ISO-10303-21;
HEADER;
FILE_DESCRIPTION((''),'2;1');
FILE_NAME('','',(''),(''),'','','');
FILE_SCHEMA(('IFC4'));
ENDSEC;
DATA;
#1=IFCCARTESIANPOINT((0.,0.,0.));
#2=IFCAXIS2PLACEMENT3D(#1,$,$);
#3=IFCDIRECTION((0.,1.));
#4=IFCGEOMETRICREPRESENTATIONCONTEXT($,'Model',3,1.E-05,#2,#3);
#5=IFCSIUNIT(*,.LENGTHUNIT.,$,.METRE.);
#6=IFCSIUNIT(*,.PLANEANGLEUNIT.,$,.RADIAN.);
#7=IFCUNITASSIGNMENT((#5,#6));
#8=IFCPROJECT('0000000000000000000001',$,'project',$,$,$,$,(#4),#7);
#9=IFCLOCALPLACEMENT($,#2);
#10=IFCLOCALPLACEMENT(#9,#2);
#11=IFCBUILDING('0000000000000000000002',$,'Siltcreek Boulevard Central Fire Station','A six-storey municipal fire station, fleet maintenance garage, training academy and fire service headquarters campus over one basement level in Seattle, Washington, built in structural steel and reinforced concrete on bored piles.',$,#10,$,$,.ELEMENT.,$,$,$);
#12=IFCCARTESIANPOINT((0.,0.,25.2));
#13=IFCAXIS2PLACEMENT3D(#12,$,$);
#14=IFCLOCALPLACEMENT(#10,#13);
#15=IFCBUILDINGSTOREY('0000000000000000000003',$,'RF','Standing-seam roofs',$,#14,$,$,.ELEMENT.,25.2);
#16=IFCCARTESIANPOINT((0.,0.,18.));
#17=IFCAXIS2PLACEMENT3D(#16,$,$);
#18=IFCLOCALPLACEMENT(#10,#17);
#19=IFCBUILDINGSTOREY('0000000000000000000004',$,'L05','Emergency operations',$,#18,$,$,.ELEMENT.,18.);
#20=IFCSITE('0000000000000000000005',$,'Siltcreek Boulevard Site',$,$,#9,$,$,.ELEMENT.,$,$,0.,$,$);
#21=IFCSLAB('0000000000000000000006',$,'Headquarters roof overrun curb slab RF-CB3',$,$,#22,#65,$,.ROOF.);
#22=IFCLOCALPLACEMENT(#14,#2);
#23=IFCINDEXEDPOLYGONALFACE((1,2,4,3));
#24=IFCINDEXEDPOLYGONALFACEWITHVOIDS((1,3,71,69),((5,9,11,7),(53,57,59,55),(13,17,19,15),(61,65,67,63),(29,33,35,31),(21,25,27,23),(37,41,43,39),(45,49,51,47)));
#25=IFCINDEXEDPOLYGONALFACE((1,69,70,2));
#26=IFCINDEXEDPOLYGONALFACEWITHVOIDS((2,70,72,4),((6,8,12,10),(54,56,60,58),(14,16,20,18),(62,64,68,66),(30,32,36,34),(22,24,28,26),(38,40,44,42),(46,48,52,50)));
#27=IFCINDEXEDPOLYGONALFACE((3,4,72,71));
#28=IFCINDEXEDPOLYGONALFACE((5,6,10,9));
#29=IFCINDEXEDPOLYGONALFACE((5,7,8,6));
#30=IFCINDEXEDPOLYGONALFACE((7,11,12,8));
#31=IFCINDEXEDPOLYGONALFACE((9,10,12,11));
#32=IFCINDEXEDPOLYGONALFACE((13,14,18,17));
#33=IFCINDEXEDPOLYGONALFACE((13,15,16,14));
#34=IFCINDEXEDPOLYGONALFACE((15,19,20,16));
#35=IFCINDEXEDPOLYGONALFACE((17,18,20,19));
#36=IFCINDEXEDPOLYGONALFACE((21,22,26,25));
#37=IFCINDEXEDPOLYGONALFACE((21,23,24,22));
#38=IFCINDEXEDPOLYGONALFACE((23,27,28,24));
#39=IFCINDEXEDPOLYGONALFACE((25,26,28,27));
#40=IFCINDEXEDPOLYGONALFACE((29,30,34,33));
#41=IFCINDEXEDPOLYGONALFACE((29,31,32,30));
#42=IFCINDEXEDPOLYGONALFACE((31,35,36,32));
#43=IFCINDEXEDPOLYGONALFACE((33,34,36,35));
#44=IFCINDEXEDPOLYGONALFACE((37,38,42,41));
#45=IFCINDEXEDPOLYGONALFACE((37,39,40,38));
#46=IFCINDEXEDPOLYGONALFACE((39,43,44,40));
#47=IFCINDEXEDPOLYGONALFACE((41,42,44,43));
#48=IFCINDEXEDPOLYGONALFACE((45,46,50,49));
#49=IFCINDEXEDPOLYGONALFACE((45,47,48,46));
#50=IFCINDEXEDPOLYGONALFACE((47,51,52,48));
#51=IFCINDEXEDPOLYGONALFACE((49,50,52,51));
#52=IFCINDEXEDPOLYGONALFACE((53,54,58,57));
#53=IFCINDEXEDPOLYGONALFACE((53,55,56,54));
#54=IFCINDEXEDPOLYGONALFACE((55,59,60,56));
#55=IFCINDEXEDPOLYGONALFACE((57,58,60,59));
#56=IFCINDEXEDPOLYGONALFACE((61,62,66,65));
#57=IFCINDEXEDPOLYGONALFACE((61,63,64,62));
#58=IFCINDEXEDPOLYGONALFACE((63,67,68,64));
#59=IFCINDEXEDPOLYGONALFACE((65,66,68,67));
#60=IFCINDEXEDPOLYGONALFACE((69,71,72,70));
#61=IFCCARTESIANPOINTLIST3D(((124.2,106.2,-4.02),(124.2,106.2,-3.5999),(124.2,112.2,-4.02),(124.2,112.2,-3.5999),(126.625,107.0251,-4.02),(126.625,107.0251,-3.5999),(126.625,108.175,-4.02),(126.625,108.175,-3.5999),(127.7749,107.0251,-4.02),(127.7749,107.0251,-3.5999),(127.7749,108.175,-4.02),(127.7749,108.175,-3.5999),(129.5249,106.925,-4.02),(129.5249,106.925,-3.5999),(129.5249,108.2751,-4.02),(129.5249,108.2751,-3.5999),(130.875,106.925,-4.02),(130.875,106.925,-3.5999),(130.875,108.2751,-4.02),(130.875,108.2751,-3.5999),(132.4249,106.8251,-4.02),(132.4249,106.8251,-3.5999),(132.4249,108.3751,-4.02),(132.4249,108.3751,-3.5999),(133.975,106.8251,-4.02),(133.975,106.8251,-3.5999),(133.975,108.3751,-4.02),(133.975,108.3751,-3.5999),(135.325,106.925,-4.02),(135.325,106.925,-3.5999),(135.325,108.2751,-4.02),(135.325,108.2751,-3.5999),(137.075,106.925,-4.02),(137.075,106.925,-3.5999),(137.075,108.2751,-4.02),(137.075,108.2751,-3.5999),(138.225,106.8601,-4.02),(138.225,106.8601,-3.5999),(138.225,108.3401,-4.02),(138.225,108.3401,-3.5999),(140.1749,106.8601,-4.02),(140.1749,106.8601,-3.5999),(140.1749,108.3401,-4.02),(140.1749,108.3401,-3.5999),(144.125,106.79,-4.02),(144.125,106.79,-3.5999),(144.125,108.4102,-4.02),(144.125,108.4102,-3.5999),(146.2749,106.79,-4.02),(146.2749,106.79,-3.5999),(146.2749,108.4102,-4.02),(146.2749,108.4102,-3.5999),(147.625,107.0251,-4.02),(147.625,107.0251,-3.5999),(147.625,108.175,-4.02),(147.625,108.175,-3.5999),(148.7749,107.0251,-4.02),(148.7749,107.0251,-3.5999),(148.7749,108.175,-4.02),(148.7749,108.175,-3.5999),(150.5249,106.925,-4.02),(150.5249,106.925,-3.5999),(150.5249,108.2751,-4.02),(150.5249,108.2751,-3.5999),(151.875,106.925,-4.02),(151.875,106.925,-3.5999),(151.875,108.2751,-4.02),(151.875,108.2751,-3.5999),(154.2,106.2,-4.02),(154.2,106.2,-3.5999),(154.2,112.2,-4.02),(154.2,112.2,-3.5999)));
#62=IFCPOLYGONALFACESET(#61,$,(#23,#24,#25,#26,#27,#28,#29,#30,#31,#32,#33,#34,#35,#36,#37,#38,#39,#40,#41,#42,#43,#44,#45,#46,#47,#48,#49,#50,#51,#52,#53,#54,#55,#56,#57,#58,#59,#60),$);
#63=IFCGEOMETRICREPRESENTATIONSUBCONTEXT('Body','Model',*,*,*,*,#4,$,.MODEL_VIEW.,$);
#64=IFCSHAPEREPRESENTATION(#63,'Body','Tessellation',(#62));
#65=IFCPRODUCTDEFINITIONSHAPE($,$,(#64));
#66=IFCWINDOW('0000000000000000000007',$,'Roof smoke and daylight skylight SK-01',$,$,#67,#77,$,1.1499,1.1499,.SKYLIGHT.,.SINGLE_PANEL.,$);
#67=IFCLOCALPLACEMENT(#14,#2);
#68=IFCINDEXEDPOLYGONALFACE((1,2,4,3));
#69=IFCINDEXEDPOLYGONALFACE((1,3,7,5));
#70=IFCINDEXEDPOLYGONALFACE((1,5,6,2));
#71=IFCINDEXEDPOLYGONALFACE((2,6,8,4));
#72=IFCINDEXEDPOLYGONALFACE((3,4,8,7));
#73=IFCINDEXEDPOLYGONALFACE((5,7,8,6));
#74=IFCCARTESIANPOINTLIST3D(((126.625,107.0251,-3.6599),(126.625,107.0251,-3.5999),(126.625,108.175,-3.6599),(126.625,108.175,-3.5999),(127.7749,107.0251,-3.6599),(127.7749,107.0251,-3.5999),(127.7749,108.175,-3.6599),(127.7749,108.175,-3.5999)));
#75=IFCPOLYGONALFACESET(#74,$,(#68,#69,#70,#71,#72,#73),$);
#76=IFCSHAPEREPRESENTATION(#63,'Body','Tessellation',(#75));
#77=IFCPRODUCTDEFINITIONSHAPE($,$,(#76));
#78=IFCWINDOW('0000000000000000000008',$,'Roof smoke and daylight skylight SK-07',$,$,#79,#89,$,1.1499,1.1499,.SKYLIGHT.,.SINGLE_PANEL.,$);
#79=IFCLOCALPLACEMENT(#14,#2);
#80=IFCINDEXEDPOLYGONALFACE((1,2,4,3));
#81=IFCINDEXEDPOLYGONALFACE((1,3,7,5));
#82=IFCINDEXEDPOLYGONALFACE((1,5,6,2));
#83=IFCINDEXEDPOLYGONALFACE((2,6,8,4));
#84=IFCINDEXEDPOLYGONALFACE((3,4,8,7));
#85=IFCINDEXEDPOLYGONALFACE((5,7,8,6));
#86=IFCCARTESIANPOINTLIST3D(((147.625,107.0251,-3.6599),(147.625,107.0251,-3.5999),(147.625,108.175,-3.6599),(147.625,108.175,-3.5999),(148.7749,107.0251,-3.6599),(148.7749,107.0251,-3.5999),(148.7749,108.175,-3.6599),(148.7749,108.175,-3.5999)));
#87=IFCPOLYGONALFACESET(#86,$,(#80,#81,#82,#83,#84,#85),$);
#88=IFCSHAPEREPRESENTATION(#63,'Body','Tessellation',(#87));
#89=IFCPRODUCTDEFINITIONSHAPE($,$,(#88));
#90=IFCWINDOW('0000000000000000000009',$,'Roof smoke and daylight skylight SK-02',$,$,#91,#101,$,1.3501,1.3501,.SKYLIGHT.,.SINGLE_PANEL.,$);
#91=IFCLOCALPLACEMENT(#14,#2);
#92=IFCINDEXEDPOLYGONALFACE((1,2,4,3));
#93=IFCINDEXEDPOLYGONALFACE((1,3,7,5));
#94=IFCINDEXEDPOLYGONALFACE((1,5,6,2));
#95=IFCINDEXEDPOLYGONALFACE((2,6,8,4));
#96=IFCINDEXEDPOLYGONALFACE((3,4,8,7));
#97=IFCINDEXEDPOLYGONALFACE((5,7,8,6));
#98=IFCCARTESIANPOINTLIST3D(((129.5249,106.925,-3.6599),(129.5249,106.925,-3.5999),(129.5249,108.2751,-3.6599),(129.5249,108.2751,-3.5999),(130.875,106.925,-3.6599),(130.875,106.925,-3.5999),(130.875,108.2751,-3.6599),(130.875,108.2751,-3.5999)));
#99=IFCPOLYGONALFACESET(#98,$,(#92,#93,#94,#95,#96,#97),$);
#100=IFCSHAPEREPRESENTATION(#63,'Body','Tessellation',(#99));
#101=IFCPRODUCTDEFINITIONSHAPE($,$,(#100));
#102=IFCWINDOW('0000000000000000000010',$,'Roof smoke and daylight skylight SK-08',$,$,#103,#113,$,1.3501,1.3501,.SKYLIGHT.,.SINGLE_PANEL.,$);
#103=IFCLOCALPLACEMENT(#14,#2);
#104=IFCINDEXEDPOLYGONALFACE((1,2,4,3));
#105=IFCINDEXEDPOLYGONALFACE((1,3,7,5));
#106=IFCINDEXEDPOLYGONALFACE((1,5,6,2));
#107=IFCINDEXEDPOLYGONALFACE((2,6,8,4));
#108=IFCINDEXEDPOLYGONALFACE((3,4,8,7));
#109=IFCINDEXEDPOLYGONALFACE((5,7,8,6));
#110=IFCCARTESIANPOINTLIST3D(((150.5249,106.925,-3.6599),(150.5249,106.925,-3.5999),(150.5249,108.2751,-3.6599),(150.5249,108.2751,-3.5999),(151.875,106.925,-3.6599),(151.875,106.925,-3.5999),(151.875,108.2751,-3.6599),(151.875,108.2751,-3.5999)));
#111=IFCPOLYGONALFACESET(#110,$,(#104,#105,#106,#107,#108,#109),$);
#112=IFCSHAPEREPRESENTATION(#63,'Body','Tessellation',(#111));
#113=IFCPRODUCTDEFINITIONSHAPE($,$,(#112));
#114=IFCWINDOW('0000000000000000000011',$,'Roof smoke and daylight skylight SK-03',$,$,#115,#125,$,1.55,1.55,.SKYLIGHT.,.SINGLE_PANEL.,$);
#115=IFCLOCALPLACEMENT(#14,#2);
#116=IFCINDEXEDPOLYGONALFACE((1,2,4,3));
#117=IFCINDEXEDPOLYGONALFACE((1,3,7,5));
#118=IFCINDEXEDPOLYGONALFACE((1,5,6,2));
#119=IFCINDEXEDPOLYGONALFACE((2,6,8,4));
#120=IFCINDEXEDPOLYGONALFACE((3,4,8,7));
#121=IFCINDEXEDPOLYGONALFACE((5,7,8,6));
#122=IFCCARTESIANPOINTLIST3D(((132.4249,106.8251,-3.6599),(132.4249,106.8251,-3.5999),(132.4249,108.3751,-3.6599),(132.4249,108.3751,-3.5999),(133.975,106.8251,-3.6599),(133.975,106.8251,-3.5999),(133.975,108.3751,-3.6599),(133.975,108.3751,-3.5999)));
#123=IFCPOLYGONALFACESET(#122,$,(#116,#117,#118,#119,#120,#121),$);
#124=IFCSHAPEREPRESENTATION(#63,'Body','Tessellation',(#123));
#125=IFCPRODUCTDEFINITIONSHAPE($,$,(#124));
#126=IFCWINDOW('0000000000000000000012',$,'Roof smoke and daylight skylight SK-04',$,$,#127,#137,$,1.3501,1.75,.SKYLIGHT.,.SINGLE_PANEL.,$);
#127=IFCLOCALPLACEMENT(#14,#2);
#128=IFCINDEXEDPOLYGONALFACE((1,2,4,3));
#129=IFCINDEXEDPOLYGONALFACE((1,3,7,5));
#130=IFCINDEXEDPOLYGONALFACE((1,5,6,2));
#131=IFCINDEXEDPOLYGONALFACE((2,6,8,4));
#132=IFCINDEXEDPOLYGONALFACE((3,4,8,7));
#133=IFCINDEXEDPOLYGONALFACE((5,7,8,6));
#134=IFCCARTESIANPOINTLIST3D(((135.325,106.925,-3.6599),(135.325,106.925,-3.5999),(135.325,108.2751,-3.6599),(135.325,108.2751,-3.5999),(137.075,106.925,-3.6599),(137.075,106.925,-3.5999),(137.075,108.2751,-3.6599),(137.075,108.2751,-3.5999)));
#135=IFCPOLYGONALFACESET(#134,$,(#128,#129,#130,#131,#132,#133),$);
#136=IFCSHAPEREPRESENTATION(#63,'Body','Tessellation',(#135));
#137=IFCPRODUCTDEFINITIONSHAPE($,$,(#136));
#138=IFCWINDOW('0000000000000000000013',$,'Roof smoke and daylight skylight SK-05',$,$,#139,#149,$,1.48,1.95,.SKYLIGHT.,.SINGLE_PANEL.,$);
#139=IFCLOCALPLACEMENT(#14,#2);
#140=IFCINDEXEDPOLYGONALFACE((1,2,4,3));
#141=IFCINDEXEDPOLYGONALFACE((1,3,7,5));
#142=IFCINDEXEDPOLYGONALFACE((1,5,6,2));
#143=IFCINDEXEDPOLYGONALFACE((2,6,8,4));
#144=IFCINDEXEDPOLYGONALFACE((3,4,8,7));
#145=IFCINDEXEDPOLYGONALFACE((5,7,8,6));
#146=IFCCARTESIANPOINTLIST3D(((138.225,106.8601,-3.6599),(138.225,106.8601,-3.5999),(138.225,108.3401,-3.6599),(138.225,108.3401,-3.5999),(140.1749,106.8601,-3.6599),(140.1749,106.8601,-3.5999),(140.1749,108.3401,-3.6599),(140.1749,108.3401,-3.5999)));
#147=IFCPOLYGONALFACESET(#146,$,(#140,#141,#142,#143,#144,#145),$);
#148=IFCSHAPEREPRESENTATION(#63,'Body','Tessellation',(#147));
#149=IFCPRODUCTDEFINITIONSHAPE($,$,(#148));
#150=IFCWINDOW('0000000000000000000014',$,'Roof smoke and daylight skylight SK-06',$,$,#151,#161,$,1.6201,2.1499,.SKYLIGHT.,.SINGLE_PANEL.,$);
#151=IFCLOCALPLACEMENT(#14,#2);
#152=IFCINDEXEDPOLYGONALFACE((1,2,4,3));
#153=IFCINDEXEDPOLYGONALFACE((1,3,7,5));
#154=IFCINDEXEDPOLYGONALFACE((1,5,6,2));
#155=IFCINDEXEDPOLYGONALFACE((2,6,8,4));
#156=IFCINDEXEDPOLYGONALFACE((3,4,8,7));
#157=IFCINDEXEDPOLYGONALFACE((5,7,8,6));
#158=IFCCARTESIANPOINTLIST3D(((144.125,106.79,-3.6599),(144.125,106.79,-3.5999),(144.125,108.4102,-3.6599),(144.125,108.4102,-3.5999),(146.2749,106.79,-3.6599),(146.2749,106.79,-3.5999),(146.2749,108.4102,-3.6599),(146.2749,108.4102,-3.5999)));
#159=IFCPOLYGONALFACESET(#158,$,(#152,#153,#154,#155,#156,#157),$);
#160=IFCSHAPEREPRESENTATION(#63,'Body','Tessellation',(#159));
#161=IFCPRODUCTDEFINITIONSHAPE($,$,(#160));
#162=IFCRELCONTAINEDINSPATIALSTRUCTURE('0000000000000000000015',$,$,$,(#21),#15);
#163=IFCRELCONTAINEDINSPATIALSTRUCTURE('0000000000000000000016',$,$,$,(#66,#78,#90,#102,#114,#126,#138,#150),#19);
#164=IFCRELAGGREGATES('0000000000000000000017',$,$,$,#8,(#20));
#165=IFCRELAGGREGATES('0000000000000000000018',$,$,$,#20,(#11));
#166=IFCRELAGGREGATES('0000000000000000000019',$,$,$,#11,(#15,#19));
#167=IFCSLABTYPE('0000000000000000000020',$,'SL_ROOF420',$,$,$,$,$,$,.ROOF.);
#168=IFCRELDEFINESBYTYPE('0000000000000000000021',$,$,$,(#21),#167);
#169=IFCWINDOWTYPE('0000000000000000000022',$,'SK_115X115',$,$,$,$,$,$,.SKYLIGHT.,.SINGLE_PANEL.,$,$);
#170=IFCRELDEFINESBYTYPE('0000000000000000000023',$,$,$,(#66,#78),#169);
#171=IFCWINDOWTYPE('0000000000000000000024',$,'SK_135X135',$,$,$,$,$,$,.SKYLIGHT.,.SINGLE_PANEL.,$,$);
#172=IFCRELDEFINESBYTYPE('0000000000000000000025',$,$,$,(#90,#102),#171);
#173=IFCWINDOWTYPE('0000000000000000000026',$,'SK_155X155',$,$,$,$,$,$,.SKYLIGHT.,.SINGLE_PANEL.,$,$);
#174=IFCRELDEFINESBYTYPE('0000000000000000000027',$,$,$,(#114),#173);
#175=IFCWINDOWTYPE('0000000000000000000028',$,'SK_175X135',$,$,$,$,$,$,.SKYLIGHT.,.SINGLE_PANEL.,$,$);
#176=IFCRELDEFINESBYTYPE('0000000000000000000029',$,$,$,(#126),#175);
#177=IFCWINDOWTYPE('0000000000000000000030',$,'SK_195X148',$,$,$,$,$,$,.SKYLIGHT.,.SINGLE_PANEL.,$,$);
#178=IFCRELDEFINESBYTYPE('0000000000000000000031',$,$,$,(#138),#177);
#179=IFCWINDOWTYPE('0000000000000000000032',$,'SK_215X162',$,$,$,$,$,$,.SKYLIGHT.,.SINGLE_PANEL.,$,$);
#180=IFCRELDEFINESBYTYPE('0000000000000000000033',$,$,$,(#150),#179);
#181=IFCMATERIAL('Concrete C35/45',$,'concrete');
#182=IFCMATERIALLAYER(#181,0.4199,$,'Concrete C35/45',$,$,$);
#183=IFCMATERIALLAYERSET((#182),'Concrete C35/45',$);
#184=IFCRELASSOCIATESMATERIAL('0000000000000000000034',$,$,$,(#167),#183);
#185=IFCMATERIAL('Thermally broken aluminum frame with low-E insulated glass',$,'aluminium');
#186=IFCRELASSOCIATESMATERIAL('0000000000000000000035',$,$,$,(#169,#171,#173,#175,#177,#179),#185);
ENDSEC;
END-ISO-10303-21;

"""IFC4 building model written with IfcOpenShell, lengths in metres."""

from ifc_helpers import new_model, si_unit, direction, frame, origin, origin_2d, place, context, subcontext, project, spatial, polyline, rectangle, outline, extrude, material, layer, layer_set, type_object, element, fill, save


model = new_model("IFC4")

# Units and contexts
model_context = context("Model", 3, precision=1e-05, world=origin(), true_north=direction((0.0, 1.0)))
body_context = subcontext(model_context, "Body", "Model", "MODEL_VIEW")
ifc_project = project(units=[si_unit("LENGTHUNIT", "METRE"), si_unit("PLANEANGLEUNIT", "RADIAN")], contexts=[model_context])

# Site, building, storey
site_placement = place(None, origin())
site = spatial("IfcSite", under=ifc_project, at=site_placement, Name="Siltcreek Boulevard Site", CompositionType="ELEMENT", RefElevation=0.0)
building_placement = place(site_placement, origin())
building = spatial("IfcBuilding", under=site, at=building_placement, Name="Siltcreek Boulevard Central Fire Station", Description="A six-storey municipal fire station, fleet maintenance garage, training academy and fire service headquarters campus over one basement level in Seattle, Washington, built in structural steel and reinforced concrete on bored piles.", CompositionType="ELEMENT")
storey_1_placement = place(building_placement, frame((0.0, 0.0, 25.2)))
storey_1 = spatial("IfcBuildingStorey", under=building, at=storey_1_placement, Name="RF", Description="Standing-seam roofs", CompositionType="ELEMENT", Elevation=25.2)

# Slab, openings
ifc_material_1 = material(Name="Concrete C35/45", Category="concrete")
ifc_layer_1 = layer(ifc_material_1, 0.4199, Name="Concrete C35/45")
ifc_layer_set_1 = layer_set([ifc_layer_1], Name="Concrete C35/45")
slab_type = type_object("IfcSlabType", Name="SL_ROOF420", PredefinedType="ROOF", material=ifc_layer_set_1)
slab_placement = place(storey_1_placement, frame((0.0, 0.0, -4.02)))
slab = element("IfcSlab", 1, at=slab_placement, inside=storey_1, type_object=slab_type, Name="Headquarters roof overrun curb slab RF-CB3", PredefinedType="ROOF", context=body_context, shape_type="SweptSolid", body=[
    extrude(outline(polyline([(124.2, 106.2), (154.2, 106.2), (154.2, 112.2), (124.2, 112.2), (124.2, 106.2)])), origin(), (0.0, 0.0, 1.0), 0.4202),
])
opening_1_placement = place(slab_placement, frame((127.2, 107.6001, -0.01)))
opening_1 = element("IfcOpeningElement", 2, at=opening_1_placement, cuts=slab, PredefinedType="OPENING", context=body_context, shape_type="SweptSolid", body=[
    extrude(rectangle(XDim=1.1499, YDim=1.1499, at=origin_2d()), origin(), (0.0, 0.0, 1.0), 0.4402),
])
opening_2_placement = place(slab_placement, frame((130.2, 107.6001, -0.01)))
opening_2 = element("IfcOpeningElement", 3, at=opening_2_placement, cuts=slab, PredefinedType="OPENING", context=body_context, shape_type="SweptSolid", body=[
    extrude(rectangle(XDim=1.3501, YDim=1.3501, at=origin_2d()), origin(), (0.0, 0.0, 1.0), 0.4402),
])
opening_3_placement = place(slab_placement, frame((133.2, 107.6001, -0.01)))
opening_3 = element("IfcOpeningElement", 4, at=opening_3_placement, cuts=slab, PredefinedType="OPENING", context=body_context, shape_type="SweptSolid", body=[
    extrude(rectangle(XDim=1.55, YDim=1.55, at=origin_2d()), origin(), (0.0, 0.0, 1.0), 0.4402),
])
opening_4_placement = place(slab_placement, frame((136.2, 107.6001, -0.01)))
opening_4 = element("IfcOpeningElement", 5, at=opening_4_placement, cuts=slab, PredefinedType="OPENING", context=body_context, shape_type="SweptSolid", body=[
    extrude(rectangle(XDim=1.75, YDim=1.3501, at=origin_2d()), origin(), (0.0, 0.0, 1.0), 0.4402),
])
opening_5_placement = place(slab_placement, frame((139.2, 107.6001, -0.01)))
opening_5 = element("IfcOpeningElement", 6, at=opening_5_placement, cuts=slab, PredefinedType="OPENING", context=body_context, shape_type="SweptSolid", body=[
    extrude(rectangle(XDim=1.95, YDim=1.48, at=origin_2d()), origin(), (0.0, 0.0, 1.0), 0.4402),
])
opening_6_placement = place(slab_placement, frame((145.2, 107.6001, -0.01)))
opening_6 = element("IfcOpeningElement", 7, at=opening_6_placement, cuts=slab, PredefinedType="OPENING", context=body_context, shape_type="SweptSolid", body=[
    extrude(rectangle(XDim=2.1499, YDim=1.6201, at=origin_2d()), origin(), (0.0, 0.0, 1.0), 0.4402),
])
opening_7_placement = place(slab_placement, frame((148.2, 107.6001, -0.01)))
opening_7 = element("IfcOpeningElement", 8, at=opening_7_placement, cuts=slab, PredefinedType="OPENING", context=body_context, shape_type="SweptSolid", body=[
    extrude(rectangle(XDim=1.1499, YDim=1.1499, at=origin_2d()), origin(), (0.0, 0.0, 1.0), 0.4402),
])
opening_8_placement = place(slab_placement, frame((151.2, 107.6001, -0.01)))
opening_8 = element("IfcOpeningElement", 9, at=opening_8_placement, cuts=slab, PredefinedType="OPENING", context=body_context, shape_type="SweptSolid", body=[
    extrude(rectangle(XDim=1.3501, YDim=1.3501, at=origin_2d()), origin(), (0.0, 0.0, 1.0), 0.4402),
])

# Shared definitions
storey_2_placement = place(building_placement, frame((0.0, 0.0, 18.0)))
storey_2 = spatial("IfcBuildingStorey", under=building, at=storey_2_placement, Name="L05", Description="Emergency operations", CompositionType="ELEMENT", Elevation=18.0)

# Windows
ifc_material_2 = material(Name="Thermally broken aluminum frame with low-E insulated glass", Category="aluminium")
window_type_1 = type_object("IfcWindowType", Name="SK_115X115", PartitioningType="SINGLE_PANEL", PredefinedType="SKYLIGHT", material=ifc_material_2)
window_1_placement = place(opening_1_placement, frame((0.0, 0.0, 0.3701)))
window_1 = element("IfcWindow", 10, at=window_1_placement, inside=storey_2, type_object=window_type_1, Name="Roof smoke and daylight skylight SK-01", OverallHeight=1.1499, OverallWidth=1.1499, PartitioningType="SINGLE_PANEL", PredefinedType="SKYLIGHT", context=body_context, shape_type="SweptSolid", body=[
    extrude(rectangle(XDim=1.1499, YDim=1.1499, at=origin_2d()), origin(), (0.0, 0.0, 1.0), 0.0601),
])
fill(opening_1, window_1)
window_2_placement = place(opening_7_placement, frame((0.0, 0.0, 0.3701)))
window_2 = element("IfcWindow", 11, at=window_2_placement, inside=storey_2, type_object=window_type_1, Name="Roof smoke and daylight skylight SK-07", OverallHeight=1.1499, OverallWidth=1.1499, PartitioningType="SINGLE_PANEL", PredefinedType="SKYLIGHT", context=body_context, shape_type="SweptSolid", body=[
    extrude(rectangle(XDim=1.1499, YDim=1.1499, at=origin_2d()), origin(), (0.0, 0.0, 1.0), 0.0601),
])
fill(opening_7, window_2)
window_type_2 = type_object("IfcWindowType", Name="SK_135X135", PartitioningType="SINGLE_PANEL", PredefinedType="SKYLIGHT", material=ifc_material_2)
window_3_placement = place(opening_2_placement, frame((0.0, 0.0, 0.3701)))
window_3 = element("IfcWindow", 12, at=window_3_placement, inside=storey_2, type_object=window_type_2, Name="Roof smoke and daylight skylight SK-02", OverallHeight=1.3501, OverallWidth=1.3501, PartitioningType="SINGLE_PANEL", PredefinedType="SKYLIGHT", context=body_context, shape_type="SweptSolid", body=[
    extrude(rectangle(XDim=1.3501, YDim=1.3501, at=origin_2d()), origin(), (0.0, 0.0, 1.0), 0.0601),
])
fill(opening_2, window_3)
window_4_placement = place(opening_8_placement, frame((0.0, 0.0, 0.3701)))
window_4 = element("IfcWindow", 13, at=window_4_placement, inside=storey_2, type_object=window_type_2, Name="Roof smoke and daylight skylight SK-08", OverallHeight=1.3501, OverallWidth=1.3501, PartitioningType="SINGLE_PANEL", PredefinedType="SKYLIGHT", context=body_context, shape_type="SweptSolid", body=[
    extrude(rectangle(XDim=1.3501, YDim=1.3501, at=origin_2d()), origin(), (0.0, 0.0, 1.0), 0.0601),
])
fill(opening_8, window_4)
window_type_3 = type_object("IfcWindowType", Name="SK_155X155", PartitioningType="SINGLE_PANEL", PredefinedType="SKYLIGHT", material=ifc_material_2)
window_5_placement = place(opening_3_placement, frame((0.0, 0.0, 0.3701)))
window_5 = element("IfcWindow", 14, at=window_5_placement, inside=storey_2, type_object=window_type_3, Name="Roof smoke and daylight skylight SK-03", OverallHeight=1.55, OverallWidth=1.55, PartitioningType="SINGLE_PANEL", PredefinedType="SKYLIGHT", context=body_context, shape_type="SweptSolid", body=[
    extrude(rectangle(XDim=1.55, YDim=1.55, at=origin_2d()), origin(), (0.0, 0.0, 1.0), 0.0601),
])
fill(opening_3, window_5)
window_type_4 = type_object("IfcWindowType", Name="SK_175X135", PartitioningType="SINGLE_PANEL", PredefinedType="SKYLIGHT", material=ifc_material_2)
window_6_placement = place(opening_4_placement, frame((0.0, 0.0, 0.3701)))
window_6 = element("IfcWindow", 15, at=window_6_placement, inside=storey_2, type_object=window_type_4, Name="Roof smoke and daylight skylight SK-04", OverallHeight=1.3501, OverallWidth=1.75, PartitioningType="SINGLE_PANEL", PredefinedType="SKYLIGHT", context=body_context, shape_type="SweptSolid", body=[
    extrude(rectangle(XDim=1.75, YDim=1.3501, at=origin_2d()), origin(), (0.0, 0.0, 1.0), 0.0601),
])
fill(opening_4, window_6)
window_type_5 = type_object("IfcWindowType", Name="SK_195X148", PartitioningType="SINGLE_PANEL", PredefinedType="SKYLIGHT", material=ifc_material_2)
window_7_placement = place(opening_5_placement, frame((0.0, 0.0, 0.3701)))
window_7 = element("IfcWindow", 16, at=window_7_placement, inside=storey_2, type_object=window_type_5, Name="Roof smoke and daylight skylight SK-05", OverallHeight=1.48, OverallWidth=1.95, PartitioningType="SINGLE_PANEL", PredefinedType="SKYLIGHT", context=body_context, shape_type="SweptSolid", body=[
    extrude(rectangle(XDim=1.95, YDim=1.48, at=origin_2d()), origin(), (0.0, 0.0, 1.0), 0.0601),
])
fill(opening_5, window_7)
window_type_6 = type_object("IfcWindowType", Name="SK_215X162", PartitioningType="SINGLE_PANEL", PredefinedType="SKYLIGHT", material=ifc_material_2)
window_8_placement = place(opening_6_placement, frame((0.0, 0.0, 0.3701)))
window_8 = element("IfcWindow", 17, at=window_8_placement, inside=storey_2, type_object=window_type_6, Name="Roof smoke and daylight skylight SK-06", OverallHeight=1.6201, OverallWidth=2.1499, PartitioningType="SINGLE_PANEL", PredefinedType="SKYLIGHT", context=body_context, shape_type="SweptSolid", body=[
    extrude(rectangle(XDim=2.1499, YDim=1.6201, at=origin_2d()), origin(), (0.0, 0.0, 1.0), 0.0601),
])
fill(opening_6, window_8)

save(model, "model.ifc")
